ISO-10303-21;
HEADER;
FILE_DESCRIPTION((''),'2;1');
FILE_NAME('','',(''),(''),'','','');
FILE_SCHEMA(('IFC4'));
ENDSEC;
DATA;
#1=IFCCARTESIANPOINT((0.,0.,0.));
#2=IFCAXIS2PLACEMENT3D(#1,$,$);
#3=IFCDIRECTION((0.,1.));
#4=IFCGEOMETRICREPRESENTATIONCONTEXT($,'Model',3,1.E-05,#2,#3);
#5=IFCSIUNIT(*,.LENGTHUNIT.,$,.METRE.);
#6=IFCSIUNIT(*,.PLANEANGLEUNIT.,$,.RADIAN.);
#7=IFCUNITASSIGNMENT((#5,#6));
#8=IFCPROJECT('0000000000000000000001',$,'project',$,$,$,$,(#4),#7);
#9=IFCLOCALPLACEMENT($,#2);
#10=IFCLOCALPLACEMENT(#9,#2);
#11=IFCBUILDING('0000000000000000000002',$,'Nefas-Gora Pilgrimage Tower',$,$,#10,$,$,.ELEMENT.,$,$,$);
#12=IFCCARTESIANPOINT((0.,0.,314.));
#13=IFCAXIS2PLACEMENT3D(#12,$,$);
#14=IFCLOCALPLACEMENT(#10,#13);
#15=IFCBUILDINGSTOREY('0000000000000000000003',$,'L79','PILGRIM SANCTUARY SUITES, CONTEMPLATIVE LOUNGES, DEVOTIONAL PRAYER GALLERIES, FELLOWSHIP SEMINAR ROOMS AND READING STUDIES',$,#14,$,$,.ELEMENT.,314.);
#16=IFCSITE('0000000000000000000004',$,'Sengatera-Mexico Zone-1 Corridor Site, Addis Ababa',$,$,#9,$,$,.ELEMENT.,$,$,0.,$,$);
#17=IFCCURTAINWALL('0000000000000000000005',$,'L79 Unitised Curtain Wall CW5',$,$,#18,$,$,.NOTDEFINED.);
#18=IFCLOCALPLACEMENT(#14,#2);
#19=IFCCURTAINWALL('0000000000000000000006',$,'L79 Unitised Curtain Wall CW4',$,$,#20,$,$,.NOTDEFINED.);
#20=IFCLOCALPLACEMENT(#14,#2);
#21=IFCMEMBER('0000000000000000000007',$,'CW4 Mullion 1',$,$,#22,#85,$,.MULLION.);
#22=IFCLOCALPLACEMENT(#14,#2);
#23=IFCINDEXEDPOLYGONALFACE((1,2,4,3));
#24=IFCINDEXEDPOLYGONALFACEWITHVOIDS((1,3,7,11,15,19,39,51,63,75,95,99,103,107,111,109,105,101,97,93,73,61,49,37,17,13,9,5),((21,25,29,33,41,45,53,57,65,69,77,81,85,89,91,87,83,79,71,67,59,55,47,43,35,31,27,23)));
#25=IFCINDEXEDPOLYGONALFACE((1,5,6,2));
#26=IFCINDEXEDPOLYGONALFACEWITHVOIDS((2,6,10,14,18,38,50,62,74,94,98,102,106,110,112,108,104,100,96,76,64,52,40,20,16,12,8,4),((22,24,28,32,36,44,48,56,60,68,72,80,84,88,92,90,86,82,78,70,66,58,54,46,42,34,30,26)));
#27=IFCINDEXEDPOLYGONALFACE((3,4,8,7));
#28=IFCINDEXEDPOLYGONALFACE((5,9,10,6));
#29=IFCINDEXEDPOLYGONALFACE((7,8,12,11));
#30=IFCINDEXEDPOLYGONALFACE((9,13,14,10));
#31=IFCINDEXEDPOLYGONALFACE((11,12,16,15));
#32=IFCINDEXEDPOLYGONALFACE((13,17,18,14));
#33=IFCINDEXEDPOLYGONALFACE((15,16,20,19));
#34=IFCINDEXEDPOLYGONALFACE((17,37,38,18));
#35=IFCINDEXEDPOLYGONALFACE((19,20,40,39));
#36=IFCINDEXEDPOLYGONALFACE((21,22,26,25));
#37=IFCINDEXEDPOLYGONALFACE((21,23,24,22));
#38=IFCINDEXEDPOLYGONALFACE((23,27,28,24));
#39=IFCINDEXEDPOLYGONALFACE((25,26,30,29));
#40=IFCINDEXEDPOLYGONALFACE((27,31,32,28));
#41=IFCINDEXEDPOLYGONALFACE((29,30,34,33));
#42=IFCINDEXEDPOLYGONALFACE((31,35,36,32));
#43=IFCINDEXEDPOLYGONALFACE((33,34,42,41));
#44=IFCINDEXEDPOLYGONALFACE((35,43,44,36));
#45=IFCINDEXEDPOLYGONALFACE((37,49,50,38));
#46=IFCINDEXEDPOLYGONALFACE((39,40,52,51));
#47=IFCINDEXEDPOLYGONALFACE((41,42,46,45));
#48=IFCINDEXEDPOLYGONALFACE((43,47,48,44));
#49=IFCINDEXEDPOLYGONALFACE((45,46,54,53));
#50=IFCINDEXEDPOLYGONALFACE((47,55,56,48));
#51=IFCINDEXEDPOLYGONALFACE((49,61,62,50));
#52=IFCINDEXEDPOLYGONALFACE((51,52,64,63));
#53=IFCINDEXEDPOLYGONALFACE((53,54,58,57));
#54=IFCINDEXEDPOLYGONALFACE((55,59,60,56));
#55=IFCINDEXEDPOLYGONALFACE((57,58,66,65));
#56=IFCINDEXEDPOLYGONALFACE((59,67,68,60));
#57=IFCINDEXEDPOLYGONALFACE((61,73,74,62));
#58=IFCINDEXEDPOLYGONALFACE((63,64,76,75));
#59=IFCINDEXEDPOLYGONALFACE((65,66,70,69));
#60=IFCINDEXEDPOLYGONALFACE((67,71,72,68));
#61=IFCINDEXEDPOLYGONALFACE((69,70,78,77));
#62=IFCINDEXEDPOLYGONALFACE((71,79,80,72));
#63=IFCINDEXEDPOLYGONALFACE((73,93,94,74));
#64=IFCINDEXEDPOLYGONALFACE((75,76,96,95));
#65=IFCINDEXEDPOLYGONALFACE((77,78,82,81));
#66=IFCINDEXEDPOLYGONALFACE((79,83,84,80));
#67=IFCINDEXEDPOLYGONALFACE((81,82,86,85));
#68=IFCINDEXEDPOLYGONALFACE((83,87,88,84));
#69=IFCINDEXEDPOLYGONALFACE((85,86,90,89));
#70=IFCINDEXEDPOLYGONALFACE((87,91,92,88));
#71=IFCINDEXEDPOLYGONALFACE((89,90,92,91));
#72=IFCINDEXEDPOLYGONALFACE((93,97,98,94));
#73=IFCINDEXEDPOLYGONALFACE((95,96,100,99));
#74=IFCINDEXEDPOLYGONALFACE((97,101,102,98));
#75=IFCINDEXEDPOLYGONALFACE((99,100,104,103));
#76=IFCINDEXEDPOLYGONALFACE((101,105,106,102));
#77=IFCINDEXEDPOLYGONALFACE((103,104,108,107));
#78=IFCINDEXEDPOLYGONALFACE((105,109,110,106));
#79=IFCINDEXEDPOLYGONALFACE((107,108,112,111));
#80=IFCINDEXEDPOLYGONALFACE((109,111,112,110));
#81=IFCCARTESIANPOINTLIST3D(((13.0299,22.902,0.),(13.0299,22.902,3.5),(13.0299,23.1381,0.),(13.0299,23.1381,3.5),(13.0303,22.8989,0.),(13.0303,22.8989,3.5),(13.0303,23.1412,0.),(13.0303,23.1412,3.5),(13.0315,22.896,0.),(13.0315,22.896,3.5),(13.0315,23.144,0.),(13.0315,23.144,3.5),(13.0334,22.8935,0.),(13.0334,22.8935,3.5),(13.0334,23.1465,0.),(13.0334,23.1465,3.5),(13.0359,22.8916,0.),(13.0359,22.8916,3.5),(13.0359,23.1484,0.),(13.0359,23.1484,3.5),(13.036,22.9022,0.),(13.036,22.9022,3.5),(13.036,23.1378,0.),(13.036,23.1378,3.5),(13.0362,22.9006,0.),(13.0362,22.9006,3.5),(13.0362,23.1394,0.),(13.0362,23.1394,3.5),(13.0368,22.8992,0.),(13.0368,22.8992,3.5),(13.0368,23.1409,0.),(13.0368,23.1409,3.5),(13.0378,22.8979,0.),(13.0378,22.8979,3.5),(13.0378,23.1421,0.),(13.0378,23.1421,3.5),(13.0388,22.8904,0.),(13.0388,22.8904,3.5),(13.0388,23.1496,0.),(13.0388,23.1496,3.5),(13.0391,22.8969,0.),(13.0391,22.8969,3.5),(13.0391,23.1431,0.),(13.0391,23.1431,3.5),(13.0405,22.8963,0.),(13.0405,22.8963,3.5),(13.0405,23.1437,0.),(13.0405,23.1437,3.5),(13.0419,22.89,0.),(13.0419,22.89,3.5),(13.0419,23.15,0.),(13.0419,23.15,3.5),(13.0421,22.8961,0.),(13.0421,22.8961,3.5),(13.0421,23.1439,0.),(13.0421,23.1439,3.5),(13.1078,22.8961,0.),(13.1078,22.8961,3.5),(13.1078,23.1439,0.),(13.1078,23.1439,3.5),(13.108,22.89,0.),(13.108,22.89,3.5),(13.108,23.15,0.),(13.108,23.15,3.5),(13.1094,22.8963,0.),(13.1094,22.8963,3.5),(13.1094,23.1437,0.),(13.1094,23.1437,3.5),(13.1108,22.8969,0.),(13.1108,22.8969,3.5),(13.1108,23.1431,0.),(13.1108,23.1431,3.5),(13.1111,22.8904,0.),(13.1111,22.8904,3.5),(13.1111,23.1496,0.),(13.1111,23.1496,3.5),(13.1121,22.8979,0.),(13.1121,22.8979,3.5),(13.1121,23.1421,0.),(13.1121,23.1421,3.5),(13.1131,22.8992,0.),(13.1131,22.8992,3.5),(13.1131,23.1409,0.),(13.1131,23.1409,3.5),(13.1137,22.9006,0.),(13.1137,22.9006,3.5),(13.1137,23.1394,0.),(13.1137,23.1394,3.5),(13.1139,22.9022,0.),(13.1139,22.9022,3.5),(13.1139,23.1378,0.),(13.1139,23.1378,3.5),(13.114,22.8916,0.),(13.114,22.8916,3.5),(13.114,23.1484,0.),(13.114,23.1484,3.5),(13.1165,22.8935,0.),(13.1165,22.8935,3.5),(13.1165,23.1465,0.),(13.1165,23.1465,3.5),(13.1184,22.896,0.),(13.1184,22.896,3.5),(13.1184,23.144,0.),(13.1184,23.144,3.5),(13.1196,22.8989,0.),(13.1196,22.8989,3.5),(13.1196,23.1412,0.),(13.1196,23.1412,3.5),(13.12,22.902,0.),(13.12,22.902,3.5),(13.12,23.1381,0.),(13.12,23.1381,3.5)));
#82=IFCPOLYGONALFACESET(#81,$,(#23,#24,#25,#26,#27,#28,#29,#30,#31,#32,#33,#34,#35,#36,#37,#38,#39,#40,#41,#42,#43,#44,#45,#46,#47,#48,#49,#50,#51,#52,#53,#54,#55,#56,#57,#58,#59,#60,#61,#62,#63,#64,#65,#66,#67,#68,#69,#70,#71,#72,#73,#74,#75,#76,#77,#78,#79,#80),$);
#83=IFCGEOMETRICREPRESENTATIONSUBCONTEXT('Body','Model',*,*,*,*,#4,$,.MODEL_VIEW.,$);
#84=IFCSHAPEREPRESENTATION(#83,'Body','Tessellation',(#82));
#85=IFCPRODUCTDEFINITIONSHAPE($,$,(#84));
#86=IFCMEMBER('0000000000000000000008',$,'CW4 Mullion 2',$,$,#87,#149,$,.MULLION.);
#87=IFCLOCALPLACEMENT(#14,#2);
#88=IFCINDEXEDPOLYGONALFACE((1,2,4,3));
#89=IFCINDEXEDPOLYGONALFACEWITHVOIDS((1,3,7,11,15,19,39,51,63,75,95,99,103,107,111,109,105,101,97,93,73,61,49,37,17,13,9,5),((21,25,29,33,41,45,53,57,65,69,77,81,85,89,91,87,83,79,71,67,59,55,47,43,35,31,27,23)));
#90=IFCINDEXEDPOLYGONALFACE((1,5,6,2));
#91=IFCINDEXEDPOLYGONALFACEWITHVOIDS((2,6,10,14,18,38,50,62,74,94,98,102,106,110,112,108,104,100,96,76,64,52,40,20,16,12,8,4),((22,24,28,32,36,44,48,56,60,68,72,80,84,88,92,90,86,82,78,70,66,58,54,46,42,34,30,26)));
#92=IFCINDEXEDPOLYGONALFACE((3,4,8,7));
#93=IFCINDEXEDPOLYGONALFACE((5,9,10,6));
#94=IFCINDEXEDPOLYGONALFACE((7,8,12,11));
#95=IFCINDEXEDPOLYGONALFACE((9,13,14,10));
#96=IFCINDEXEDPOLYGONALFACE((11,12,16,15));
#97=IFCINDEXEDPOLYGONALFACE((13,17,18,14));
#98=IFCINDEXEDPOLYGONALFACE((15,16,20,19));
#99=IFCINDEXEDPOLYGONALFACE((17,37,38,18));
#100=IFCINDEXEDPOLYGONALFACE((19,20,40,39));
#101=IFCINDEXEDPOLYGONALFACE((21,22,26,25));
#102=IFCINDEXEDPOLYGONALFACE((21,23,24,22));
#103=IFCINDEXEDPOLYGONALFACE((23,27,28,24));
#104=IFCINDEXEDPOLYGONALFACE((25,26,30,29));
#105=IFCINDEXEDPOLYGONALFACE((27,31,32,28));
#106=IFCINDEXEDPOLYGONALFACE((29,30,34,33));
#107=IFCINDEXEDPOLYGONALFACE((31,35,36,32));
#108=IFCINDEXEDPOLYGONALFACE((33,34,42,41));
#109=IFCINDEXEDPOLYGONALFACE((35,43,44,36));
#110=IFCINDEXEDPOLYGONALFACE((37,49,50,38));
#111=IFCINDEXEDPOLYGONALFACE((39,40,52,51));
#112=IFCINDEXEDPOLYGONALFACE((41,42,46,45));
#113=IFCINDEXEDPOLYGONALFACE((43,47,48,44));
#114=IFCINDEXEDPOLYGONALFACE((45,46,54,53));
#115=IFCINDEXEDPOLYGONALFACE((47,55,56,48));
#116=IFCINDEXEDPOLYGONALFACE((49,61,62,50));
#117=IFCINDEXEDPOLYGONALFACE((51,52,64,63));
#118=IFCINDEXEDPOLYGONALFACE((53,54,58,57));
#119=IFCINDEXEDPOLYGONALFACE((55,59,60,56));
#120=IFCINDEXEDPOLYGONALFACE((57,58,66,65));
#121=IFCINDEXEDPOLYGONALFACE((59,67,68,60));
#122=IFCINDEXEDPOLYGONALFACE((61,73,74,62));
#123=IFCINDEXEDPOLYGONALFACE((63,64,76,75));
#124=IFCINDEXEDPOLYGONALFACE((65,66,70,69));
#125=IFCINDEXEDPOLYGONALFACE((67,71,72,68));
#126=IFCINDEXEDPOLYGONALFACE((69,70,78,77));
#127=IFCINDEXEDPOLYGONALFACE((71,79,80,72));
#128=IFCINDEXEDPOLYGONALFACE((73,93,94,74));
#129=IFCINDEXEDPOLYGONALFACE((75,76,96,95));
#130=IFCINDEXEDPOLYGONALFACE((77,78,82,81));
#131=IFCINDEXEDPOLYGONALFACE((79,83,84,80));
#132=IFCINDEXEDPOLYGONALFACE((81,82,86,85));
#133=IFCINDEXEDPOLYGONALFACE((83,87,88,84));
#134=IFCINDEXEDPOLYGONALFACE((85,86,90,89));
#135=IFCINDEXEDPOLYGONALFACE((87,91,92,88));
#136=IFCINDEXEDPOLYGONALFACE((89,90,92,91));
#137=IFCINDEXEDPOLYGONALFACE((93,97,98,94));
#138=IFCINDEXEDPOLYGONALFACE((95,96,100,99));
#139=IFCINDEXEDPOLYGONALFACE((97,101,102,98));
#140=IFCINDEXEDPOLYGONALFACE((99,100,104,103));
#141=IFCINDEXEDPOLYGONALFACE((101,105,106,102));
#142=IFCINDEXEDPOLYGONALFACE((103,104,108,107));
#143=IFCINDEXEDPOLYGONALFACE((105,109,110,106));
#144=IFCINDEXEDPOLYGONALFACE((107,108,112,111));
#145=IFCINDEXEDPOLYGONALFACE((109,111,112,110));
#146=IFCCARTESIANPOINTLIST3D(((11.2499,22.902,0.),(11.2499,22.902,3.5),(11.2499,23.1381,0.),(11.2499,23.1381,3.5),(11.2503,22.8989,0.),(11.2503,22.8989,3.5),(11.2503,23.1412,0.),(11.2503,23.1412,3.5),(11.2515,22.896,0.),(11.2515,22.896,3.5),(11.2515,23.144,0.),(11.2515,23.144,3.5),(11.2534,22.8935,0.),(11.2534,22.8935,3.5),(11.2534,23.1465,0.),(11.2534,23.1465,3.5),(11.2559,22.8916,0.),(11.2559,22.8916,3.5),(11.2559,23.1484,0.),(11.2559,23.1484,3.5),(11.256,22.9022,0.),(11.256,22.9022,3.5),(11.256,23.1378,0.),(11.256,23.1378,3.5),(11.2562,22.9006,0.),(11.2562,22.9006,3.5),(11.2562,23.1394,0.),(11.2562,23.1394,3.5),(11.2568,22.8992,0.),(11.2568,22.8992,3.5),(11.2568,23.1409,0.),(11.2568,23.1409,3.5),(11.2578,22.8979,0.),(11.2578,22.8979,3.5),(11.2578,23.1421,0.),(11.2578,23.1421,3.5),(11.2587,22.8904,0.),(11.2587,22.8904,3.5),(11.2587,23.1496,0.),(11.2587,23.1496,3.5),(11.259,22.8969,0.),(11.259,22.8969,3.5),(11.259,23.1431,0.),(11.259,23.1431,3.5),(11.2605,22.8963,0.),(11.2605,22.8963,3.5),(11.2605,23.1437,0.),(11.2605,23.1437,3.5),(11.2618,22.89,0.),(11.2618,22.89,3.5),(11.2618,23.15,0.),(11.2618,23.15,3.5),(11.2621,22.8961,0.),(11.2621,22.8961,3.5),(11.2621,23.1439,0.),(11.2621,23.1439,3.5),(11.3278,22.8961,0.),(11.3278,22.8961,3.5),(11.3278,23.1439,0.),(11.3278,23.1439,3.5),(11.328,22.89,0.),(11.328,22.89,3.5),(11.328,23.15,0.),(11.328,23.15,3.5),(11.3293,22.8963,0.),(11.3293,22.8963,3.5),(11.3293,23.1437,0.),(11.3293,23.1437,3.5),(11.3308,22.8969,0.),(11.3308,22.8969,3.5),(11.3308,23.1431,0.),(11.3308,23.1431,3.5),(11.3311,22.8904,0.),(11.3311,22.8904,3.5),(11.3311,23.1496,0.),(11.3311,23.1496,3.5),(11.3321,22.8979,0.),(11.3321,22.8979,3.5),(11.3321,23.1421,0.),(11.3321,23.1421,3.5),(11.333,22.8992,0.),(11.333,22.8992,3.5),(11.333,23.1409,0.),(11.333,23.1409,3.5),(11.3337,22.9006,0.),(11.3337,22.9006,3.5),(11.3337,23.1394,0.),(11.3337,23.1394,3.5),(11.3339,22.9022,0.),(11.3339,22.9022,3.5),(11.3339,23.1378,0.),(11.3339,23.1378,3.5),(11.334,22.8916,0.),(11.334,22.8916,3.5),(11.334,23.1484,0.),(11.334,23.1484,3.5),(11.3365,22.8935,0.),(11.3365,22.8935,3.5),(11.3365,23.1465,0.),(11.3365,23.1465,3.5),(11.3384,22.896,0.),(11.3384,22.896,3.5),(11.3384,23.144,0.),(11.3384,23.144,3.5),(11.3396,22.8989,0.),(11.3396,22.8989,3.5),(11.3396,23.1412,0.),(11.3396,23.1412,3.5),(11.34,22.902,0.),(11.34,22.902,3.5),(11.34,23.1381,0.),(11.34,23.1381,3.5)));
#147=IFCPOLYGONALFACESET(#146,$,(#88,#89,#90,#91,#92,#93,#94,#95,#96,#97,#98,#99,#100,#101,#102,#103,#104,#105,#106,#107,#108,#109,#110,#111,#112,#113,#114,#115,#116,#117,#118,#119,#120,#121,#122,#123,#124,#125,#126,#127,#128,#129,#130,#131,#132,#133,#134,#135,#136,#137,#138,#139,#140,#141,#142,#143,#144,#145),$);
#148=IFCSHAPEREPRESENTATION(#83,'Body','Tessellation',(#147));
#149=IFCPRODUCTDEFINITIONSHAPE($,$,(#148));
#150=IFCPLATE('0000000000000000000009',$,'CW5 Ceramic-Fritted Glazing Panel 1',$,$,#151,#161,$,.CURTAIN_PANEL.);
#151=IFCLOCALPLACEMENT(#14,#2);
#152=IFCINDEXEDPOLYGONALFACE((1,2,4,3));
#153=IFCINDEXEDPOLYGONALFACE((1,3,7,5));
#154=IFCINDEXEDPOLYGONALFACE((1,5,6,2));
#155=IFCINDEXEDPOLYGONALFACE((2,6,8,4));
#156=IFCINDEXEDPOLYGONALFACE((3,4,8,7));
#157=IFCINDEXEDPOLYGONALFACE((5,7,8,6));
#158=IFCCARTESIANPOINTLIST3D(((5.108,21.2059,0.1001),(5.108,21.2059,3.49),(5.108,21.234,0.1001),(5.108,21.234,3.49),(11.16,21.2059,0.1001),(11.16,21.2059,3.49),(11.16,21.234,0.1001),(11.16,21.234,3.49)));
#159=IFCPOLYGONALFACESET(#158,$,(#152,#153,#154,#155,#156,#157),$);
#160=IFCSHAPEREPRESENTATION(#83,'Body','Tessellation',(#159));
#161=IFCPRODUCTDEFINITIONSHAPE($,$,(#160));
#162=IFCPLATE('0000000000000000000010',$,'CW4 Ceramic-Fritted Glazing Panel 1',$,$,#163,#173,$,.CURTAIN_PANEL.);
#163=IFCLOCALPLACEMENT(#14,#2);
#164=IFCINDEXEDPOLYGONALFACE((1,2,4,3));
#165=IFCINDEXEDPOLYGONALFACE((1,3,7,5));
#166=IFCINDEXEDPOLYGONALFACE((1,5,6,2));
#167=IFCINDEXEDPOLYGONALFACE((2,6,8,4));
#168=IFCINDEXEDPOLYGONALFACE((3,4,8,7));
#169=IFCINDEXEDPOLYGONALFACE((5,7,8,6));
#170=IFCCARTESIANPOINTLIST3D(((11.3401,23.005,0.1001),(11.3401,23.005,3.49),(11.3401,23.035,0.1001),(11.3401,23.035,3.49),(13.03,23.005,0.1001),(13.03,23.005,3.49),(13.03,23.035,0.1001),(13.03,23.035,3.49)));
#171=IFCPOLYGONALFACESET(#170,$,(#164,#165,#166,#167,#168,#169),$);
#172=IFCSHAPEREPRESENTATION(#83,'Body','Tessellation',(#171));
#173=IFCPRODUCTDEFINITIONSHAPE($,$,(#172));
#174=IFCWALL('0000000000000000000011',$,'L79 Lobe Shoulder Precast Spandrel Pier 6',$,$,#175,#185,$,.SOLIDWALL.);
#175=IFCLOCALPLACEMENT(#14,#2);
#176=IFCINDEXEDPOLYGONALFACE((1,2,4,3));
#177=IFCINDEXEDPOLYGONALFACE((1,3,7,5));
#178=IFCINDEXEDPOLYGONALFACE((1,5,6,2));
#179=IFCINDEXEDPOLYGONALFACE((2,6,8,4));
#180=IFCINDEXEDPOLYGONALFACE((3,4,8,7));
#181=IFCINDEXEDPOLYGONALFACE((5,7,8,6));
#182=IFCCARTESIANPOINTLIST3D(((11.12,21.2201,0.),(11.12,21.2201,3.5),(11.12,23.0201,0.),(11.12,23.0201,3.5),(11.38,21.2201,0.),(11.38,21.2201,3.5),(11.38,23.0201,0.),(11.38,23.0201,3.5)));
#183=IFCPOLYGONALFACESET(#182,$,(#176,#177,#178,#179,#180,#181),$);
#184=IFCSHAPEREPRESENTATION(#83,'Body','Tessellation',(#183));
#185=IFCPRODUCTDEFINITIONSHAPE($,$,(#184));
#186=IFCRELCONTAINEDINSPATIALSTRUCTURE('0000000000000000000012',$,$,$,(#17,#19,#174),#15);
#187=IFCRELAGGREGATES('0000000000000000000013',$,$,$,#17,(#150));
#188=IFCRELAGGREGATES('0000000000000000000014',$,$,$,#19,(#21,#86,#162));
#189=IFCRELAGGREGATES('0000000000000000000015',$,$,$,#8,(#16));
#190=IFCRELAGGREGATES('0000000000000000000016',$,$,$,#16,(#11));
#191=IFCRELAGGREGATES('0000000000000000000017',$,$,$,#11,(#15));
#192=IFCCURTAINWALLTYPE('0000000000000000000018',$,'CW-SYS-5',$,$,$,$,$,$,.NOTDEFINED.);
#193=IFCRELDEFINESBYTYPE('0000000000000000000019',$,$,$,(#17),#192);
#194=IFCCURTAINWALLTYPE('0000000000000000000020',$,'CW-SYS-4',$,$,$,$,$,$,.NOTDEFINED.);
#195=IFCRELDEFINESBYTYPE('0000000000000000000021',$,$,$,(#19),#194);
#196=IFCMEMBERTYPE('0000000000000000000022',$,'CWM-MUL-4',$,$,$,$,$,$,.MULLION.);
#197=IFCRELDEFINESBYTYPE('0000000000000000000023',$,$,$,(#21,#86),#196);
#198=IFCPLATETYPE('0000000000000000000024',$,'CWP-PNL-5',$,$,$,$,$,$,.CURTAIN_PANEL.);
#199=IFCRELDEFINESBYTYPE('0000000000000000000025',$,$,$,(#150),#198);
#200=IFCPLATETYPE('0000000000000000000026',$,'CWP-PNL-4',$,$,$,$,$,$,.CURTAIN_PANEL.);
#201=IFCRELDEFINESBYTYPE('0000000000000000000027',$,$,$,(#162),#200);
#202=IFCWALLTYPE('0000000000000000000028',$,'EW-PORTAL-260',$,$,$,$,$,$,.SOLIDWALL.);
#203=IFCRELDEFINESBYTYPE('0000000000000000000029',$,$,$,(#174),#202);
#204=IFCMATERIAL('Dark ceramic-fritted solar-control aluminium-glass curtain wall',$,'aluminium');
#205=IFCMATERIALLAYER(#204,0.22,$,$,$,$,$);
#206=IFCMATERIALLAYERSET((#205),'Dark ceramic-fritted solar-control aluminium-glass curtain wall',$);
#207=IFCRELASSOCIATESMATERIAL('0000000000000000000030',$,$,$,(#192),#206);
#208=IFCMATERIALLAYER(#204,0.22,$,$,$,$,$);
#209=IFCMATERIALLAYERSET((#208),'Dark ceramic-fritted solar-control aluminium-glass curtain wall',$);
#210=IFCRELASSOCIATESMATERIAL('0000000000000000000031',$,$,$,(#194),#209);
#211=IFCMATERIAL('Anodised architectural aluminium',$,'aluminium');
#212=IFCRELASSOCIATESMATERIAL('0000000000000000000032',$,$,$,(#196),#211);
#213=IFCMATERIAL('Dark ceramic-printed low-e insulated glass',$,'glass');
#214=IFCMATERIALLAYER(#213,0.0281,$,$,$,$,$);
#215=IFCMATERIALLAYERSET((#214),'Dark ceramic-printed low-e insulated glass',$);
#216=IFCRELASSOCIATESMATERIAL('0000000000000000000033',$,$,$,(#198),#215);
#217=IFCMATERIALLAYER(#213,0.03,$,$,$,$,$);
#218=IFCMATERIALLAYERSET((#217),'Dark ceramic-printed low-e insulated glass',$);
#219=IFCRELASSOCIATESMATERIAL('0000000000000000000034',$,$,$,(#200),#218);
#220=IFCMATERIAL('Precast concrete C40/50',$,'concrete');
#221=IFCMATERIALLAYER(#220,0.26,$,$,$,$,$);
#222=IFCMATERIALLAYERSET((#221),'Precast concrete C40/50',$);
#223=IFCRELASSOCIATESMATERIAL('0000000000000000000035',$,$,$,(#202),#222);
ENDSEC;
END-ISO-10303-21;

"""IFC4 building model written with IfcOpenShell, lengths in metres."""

from ifc_helpers import new_model, si_unit, direction, frame, frame_2d, origin, origin_2d, place, context, subcontext, project, spatial, rectangle, hollow_rectangle, extrude, source, transform, mapped, material, layer, layer_set, material_profile, profile_set, type_object, element, aggregate, save


model = new_model("IFC4")

# Units and contexts
model_context = context("Model", 3, precision=1e-05, world=origin(), true_north=direction((0.0, 1.0)))
body_context = subcontext(model_context, "Body", "Model", "MODEL_VIEW")
ifc_project = project(units=[si_unit("LENGTHUNIT", "METRE"), si_unit("PLANEANGLEUNIT", "RADIAN")], contexts=[model_context])

# Site, building, storey
site_placement = place(None, origin())
site = spatial("IfcSite", under=ifc_project, at=site_placement, Name="Sengatera-Mexico Zone-1 Corridor Site, Addis Ababa", CompositionType="ELEMENT", RefElevation=0.0)
building_placement = place(site_placement, origin())
building = spatial("IfcBuilding", under=site, at=building_placement, Name="Nefas-Gora Pilgrimage Tower", CompositionType="ELEMENT")
storey_placement = place(building_placement, frame((0.0, 0.0, 314.0)))
storey = spatial("IfcBuildingStorey", under=building, at=storey_placement, Name="L79", Description="PILGRIM SANCTUARY SUITES, CONTEMPLATIVE LOUNGES, DEVOTIONAL PRAYER GALLERIES, FELLOWSHIP SEMINAR ROOMS AND READING STUDIES", CompositionType="ELEMENT", Elevation=314.0)

# Curtain wall
ifc_material_1 = material(Name="Dark ceramic-fritted solar-control aluminium-glass curtain wall", Category="aluminium")
ifc_layer_1 = layer(ifc_material_1, 0.22)
ifc_layer_set_1 = layer_set([ifc_layer_1], Name="Dark ceramic-fritted solar-control aluminium-glass curtain wall")
curtain_wall_type_1 = type_object("IfcCurtainWallType", Name="CW-SYS-5", PredefinedType="NOTDEFINED", material=ifc_layer_set_1)
curtain_wall_1_placement = place(storey_placement, origin())
curtain_wall_1 = element("IfcCurtainWall", 1, at=curtain_wall_1_placement, inside=storey, type_object=curtain_wall_type_1, Name="L79 Unitised Curtain Wall CW5", PredefinedType="NOTDEFINED")
ifc_material_2 = material(Name="Anodised architectural aluminium", Category="aluminium")

# Curtain wall
ifc_layer_2 = layer(ifc_material_1, 0.22)
ifc_layer_set_2 = layer_set([ifc_layer_2], Name="Dark ceramic-fritted solar-control aluminium-glass curtain wall")
curtain_wall_type_2 = type_object("IfcCurtainWallType", Name="CW-SYS-4", PredefinedType="NOTDEFINED", material=ifc_layer_set_2)
curtain_wall_2_placement = place(storey_placement, origin())
curtain_wall_2 = element("IfcCurtainWall", 2, at=curtain_wall_2_placement, inside=storey, type_object=curtain_wall_type_2, Name="L79 Unitised Curtain Wall CW4", PredefinedType="NOTDEFINED")
ifc_material_profile_1 = material_profile(ifc_material_2, hollow_rectangle(XDim=0.0901, YDim=0.26, WallThickness=0.0061, InnerFilletRadius=0.0061, OuterFilletRadius=0.012, at=origin_2d()), Name="ALU MULLION 90x260")
ifc_profile_set_1 = profile_set([ifc_material_profile_1], Name="Anodised architectural aluminium")
member_type_1 = type_object("IfcMemberType", Name="CWM-MUL-4", PredefinedType="MULLION", material=ifc_profile_set_1)
shared_shape_1 = source(origin(), body_context, "Body", "SweptSolid", [
    extrude(hollow_rectangle(XDim=0.0901, YDim=0.26, WallThickness=0.0061, InnerFilletRadius=0.0061, OuterFilletRadius=0.012, at=origin_2d()), origin(), (0.0, 0.0, 1.0), 3.5),
])

# Members
member_1_placement = place(storey_placement, frame((13.075, 23.02, 0.0), z_axis=(0.0, 0.0, 1.0), x_axis=(-1.0, 0.0, 0.0)))
member_1 = element("IfcMember", 3, at=member_1_placement, type_object=member_type_1, Name="CW4 Mullion 1", PredefinedType="MULLION", context=body_context, shape_type="MappedRepresentation", body=[
    mapped(shared_shape_1, transform((0.0, 0.0, 0.0), x_axis=(1.0, 0.0, 0.0), y_axis=(0.0, 1.0, 0.0), z_axis=(0.0, 0.0, 1.0), scale=1.0)),
])
member_2_placement = place(storey_placement, frame((11.2949, 23.02, 0.0), z_axis=(0.0, 0.0, 1.0), x_axis=(-1.0, 0.0, 0.0)))
member_2 = element("IfcMember", 4, at=member_2_placement, type_object=member_type_1, Name="CW4 Mullion 2", PredefinedType="MULLION", context=body_context, shape_type="MappedRepresentation", body=[
    mapped(shared_shape_1, transform((0.0, 0.0, 0.0), x_axis=(1.0, 0.0, 0.0), y_axis=(0.0, 1.0, 0.0), z_axis=(0.0, 0.0, 1.0), scale=1.0)),
])

# Plates
ifc_material_3 = material(Name="Dark ceramic-printed low-e insulated glass", Category="glass")
ifc_layer_3 = layer(ifc_material_3, 0.0281)
ifc_layer_set_3 = layer_set([ifc_layer_3], Name="Dark ceramic-printed low-e insulated glass")
plate_type_1 = type_object("IfcPlateType", Name="CWP-PNL-5", PredefinedType="CURTAIN_PANEL", material=ifc_layer_set_3)
shared_shape_2 = source(origin(), body_context, "Body", "SweptSolid", [
    extrude(rectangle(XDim=6.052, YDim=0.0281, at=origin_2d()), origin(), (0.0, 0.0, 1.0), 3.3899),
])
plate_1_placement = place(storey_placement, frame((8.134, 21.22, 0.1001), z_axis=(0.0, 0.0, 1.0), x_axis=(-1.0, 0.0, 0.0)))
plate_1 = element("IfcPlate", 5, at=plate_1_placement, type_object=plate_type_1, Name="CW5 Ceramic-Fritted Glazing Panel 1", PredefinedType="CURTAIN_PANEL", context=body_context, shape_type="MappedRepresentation", body=[
    mapped(shared_shape_2, transform((0.0, 0.0, 0.0), x_axis=(1.0, 0.0, 0.0), y_axis=(0.0, 1.0, 0.0), z_axis=(0.0, 0.0, 1.0), scale=1.0)),
])
aggregate(curtain_wall_1, [plate_1])
ifc_layer_4 = layer(ifc_material_3, 0.03)
ifc_layer_set_4 = layer_set([ifc_layer_4], Name="Dark ceramic-printed low-e insulated glass")
plate_type_2 = type_object("IfcPlateType", Name="CWP-PNL-4", PredefinedType="CURTAIN_PANEL", material=ifc_layer_set_4)
shared_shape_3 = source(origin(), body_context, "Body", "SweptSolid", [
    extrude(rectangle(XDim=1.6899, YDim=0.03, at=origin_2d()), origin(), (0.0, 0.0, 1.0), 3.3899),
])
plate_2_placement = place(storey_placement, frame((12.1851, 23.02, 0.1001), z_axis=(0.0, 0.0, 1.0), x_axis=(-1.0, 0.0, 0.0)))
plate_2 = element("IfcPlate", 6, at=plate_2_placement, type_object=plate_type_2, Name="CW4 Ceramic-Fritted Glazing Panel 1", PredefinedType="CURTAIN_PANEL", context=body_context, shape_type="MappedRepresentation", body=[
    mapped(shared_shape_3, transform((0.0, 0.0, 0.0), x_axis=(1.0, 0.0, 0.0), y_axis=(0.0, 1.0, 0.0), z_axis=(0.0, 0.0, 1.0), scale=1.0)),
])
aggregate(curtain_wall_2, [member_1, member_2, plate_2])

# Wall
ifc_material_4 = material(Name="Precast concrete C40/50", Category="concrete")
ifc_layer_5 = layer(ifc_material_4, 0.26)
ifc_layer_set_5 = layer_set([ifc_layer_5], Name="Precast concrete C40/50")
wall_type_1 = type_object("IfcWallType", Name="EW-PORTAL-260", PredefinedType="SOLIDWALL", material=ifc_layer_set_5)
shared_shape_4 = source(origin(), body_context, "Body", "SweptSolid", [
    extrude(rectangle(XDim=1.8, YDim=0.26, at=frame_2d((0.8999, 0.0))), origin(), (0.0, 0.0, 1.0), 3.5),
])
wall_1_placement = place(storey_placement, frame((11.25, 23.02, 0.0), z_axis=(0.0, 0.0, 1.0), x_axis=(0.0, -1.0, 0.0)))
element("IfcWall", 7, at=wall_1_placement, inside=storey, type_object=wall_type_1, Name="L79 Lobe Shoulder Precast Spandrel Pier 6", PredefinedType="SOLIDWALL", context=body_context, shape_type="MappedRepresentation", body=[
    mapped(shared_shape_4, transform((0.0, 0.0, 0.0), x_axis=(1.0, 0.0, 0.0), y_axis=(0.0, 1.0, 0.0), z_axis=(0.0, 0.0, 1.0), scale=1.0)),
])

save(model, "model.ifc")
